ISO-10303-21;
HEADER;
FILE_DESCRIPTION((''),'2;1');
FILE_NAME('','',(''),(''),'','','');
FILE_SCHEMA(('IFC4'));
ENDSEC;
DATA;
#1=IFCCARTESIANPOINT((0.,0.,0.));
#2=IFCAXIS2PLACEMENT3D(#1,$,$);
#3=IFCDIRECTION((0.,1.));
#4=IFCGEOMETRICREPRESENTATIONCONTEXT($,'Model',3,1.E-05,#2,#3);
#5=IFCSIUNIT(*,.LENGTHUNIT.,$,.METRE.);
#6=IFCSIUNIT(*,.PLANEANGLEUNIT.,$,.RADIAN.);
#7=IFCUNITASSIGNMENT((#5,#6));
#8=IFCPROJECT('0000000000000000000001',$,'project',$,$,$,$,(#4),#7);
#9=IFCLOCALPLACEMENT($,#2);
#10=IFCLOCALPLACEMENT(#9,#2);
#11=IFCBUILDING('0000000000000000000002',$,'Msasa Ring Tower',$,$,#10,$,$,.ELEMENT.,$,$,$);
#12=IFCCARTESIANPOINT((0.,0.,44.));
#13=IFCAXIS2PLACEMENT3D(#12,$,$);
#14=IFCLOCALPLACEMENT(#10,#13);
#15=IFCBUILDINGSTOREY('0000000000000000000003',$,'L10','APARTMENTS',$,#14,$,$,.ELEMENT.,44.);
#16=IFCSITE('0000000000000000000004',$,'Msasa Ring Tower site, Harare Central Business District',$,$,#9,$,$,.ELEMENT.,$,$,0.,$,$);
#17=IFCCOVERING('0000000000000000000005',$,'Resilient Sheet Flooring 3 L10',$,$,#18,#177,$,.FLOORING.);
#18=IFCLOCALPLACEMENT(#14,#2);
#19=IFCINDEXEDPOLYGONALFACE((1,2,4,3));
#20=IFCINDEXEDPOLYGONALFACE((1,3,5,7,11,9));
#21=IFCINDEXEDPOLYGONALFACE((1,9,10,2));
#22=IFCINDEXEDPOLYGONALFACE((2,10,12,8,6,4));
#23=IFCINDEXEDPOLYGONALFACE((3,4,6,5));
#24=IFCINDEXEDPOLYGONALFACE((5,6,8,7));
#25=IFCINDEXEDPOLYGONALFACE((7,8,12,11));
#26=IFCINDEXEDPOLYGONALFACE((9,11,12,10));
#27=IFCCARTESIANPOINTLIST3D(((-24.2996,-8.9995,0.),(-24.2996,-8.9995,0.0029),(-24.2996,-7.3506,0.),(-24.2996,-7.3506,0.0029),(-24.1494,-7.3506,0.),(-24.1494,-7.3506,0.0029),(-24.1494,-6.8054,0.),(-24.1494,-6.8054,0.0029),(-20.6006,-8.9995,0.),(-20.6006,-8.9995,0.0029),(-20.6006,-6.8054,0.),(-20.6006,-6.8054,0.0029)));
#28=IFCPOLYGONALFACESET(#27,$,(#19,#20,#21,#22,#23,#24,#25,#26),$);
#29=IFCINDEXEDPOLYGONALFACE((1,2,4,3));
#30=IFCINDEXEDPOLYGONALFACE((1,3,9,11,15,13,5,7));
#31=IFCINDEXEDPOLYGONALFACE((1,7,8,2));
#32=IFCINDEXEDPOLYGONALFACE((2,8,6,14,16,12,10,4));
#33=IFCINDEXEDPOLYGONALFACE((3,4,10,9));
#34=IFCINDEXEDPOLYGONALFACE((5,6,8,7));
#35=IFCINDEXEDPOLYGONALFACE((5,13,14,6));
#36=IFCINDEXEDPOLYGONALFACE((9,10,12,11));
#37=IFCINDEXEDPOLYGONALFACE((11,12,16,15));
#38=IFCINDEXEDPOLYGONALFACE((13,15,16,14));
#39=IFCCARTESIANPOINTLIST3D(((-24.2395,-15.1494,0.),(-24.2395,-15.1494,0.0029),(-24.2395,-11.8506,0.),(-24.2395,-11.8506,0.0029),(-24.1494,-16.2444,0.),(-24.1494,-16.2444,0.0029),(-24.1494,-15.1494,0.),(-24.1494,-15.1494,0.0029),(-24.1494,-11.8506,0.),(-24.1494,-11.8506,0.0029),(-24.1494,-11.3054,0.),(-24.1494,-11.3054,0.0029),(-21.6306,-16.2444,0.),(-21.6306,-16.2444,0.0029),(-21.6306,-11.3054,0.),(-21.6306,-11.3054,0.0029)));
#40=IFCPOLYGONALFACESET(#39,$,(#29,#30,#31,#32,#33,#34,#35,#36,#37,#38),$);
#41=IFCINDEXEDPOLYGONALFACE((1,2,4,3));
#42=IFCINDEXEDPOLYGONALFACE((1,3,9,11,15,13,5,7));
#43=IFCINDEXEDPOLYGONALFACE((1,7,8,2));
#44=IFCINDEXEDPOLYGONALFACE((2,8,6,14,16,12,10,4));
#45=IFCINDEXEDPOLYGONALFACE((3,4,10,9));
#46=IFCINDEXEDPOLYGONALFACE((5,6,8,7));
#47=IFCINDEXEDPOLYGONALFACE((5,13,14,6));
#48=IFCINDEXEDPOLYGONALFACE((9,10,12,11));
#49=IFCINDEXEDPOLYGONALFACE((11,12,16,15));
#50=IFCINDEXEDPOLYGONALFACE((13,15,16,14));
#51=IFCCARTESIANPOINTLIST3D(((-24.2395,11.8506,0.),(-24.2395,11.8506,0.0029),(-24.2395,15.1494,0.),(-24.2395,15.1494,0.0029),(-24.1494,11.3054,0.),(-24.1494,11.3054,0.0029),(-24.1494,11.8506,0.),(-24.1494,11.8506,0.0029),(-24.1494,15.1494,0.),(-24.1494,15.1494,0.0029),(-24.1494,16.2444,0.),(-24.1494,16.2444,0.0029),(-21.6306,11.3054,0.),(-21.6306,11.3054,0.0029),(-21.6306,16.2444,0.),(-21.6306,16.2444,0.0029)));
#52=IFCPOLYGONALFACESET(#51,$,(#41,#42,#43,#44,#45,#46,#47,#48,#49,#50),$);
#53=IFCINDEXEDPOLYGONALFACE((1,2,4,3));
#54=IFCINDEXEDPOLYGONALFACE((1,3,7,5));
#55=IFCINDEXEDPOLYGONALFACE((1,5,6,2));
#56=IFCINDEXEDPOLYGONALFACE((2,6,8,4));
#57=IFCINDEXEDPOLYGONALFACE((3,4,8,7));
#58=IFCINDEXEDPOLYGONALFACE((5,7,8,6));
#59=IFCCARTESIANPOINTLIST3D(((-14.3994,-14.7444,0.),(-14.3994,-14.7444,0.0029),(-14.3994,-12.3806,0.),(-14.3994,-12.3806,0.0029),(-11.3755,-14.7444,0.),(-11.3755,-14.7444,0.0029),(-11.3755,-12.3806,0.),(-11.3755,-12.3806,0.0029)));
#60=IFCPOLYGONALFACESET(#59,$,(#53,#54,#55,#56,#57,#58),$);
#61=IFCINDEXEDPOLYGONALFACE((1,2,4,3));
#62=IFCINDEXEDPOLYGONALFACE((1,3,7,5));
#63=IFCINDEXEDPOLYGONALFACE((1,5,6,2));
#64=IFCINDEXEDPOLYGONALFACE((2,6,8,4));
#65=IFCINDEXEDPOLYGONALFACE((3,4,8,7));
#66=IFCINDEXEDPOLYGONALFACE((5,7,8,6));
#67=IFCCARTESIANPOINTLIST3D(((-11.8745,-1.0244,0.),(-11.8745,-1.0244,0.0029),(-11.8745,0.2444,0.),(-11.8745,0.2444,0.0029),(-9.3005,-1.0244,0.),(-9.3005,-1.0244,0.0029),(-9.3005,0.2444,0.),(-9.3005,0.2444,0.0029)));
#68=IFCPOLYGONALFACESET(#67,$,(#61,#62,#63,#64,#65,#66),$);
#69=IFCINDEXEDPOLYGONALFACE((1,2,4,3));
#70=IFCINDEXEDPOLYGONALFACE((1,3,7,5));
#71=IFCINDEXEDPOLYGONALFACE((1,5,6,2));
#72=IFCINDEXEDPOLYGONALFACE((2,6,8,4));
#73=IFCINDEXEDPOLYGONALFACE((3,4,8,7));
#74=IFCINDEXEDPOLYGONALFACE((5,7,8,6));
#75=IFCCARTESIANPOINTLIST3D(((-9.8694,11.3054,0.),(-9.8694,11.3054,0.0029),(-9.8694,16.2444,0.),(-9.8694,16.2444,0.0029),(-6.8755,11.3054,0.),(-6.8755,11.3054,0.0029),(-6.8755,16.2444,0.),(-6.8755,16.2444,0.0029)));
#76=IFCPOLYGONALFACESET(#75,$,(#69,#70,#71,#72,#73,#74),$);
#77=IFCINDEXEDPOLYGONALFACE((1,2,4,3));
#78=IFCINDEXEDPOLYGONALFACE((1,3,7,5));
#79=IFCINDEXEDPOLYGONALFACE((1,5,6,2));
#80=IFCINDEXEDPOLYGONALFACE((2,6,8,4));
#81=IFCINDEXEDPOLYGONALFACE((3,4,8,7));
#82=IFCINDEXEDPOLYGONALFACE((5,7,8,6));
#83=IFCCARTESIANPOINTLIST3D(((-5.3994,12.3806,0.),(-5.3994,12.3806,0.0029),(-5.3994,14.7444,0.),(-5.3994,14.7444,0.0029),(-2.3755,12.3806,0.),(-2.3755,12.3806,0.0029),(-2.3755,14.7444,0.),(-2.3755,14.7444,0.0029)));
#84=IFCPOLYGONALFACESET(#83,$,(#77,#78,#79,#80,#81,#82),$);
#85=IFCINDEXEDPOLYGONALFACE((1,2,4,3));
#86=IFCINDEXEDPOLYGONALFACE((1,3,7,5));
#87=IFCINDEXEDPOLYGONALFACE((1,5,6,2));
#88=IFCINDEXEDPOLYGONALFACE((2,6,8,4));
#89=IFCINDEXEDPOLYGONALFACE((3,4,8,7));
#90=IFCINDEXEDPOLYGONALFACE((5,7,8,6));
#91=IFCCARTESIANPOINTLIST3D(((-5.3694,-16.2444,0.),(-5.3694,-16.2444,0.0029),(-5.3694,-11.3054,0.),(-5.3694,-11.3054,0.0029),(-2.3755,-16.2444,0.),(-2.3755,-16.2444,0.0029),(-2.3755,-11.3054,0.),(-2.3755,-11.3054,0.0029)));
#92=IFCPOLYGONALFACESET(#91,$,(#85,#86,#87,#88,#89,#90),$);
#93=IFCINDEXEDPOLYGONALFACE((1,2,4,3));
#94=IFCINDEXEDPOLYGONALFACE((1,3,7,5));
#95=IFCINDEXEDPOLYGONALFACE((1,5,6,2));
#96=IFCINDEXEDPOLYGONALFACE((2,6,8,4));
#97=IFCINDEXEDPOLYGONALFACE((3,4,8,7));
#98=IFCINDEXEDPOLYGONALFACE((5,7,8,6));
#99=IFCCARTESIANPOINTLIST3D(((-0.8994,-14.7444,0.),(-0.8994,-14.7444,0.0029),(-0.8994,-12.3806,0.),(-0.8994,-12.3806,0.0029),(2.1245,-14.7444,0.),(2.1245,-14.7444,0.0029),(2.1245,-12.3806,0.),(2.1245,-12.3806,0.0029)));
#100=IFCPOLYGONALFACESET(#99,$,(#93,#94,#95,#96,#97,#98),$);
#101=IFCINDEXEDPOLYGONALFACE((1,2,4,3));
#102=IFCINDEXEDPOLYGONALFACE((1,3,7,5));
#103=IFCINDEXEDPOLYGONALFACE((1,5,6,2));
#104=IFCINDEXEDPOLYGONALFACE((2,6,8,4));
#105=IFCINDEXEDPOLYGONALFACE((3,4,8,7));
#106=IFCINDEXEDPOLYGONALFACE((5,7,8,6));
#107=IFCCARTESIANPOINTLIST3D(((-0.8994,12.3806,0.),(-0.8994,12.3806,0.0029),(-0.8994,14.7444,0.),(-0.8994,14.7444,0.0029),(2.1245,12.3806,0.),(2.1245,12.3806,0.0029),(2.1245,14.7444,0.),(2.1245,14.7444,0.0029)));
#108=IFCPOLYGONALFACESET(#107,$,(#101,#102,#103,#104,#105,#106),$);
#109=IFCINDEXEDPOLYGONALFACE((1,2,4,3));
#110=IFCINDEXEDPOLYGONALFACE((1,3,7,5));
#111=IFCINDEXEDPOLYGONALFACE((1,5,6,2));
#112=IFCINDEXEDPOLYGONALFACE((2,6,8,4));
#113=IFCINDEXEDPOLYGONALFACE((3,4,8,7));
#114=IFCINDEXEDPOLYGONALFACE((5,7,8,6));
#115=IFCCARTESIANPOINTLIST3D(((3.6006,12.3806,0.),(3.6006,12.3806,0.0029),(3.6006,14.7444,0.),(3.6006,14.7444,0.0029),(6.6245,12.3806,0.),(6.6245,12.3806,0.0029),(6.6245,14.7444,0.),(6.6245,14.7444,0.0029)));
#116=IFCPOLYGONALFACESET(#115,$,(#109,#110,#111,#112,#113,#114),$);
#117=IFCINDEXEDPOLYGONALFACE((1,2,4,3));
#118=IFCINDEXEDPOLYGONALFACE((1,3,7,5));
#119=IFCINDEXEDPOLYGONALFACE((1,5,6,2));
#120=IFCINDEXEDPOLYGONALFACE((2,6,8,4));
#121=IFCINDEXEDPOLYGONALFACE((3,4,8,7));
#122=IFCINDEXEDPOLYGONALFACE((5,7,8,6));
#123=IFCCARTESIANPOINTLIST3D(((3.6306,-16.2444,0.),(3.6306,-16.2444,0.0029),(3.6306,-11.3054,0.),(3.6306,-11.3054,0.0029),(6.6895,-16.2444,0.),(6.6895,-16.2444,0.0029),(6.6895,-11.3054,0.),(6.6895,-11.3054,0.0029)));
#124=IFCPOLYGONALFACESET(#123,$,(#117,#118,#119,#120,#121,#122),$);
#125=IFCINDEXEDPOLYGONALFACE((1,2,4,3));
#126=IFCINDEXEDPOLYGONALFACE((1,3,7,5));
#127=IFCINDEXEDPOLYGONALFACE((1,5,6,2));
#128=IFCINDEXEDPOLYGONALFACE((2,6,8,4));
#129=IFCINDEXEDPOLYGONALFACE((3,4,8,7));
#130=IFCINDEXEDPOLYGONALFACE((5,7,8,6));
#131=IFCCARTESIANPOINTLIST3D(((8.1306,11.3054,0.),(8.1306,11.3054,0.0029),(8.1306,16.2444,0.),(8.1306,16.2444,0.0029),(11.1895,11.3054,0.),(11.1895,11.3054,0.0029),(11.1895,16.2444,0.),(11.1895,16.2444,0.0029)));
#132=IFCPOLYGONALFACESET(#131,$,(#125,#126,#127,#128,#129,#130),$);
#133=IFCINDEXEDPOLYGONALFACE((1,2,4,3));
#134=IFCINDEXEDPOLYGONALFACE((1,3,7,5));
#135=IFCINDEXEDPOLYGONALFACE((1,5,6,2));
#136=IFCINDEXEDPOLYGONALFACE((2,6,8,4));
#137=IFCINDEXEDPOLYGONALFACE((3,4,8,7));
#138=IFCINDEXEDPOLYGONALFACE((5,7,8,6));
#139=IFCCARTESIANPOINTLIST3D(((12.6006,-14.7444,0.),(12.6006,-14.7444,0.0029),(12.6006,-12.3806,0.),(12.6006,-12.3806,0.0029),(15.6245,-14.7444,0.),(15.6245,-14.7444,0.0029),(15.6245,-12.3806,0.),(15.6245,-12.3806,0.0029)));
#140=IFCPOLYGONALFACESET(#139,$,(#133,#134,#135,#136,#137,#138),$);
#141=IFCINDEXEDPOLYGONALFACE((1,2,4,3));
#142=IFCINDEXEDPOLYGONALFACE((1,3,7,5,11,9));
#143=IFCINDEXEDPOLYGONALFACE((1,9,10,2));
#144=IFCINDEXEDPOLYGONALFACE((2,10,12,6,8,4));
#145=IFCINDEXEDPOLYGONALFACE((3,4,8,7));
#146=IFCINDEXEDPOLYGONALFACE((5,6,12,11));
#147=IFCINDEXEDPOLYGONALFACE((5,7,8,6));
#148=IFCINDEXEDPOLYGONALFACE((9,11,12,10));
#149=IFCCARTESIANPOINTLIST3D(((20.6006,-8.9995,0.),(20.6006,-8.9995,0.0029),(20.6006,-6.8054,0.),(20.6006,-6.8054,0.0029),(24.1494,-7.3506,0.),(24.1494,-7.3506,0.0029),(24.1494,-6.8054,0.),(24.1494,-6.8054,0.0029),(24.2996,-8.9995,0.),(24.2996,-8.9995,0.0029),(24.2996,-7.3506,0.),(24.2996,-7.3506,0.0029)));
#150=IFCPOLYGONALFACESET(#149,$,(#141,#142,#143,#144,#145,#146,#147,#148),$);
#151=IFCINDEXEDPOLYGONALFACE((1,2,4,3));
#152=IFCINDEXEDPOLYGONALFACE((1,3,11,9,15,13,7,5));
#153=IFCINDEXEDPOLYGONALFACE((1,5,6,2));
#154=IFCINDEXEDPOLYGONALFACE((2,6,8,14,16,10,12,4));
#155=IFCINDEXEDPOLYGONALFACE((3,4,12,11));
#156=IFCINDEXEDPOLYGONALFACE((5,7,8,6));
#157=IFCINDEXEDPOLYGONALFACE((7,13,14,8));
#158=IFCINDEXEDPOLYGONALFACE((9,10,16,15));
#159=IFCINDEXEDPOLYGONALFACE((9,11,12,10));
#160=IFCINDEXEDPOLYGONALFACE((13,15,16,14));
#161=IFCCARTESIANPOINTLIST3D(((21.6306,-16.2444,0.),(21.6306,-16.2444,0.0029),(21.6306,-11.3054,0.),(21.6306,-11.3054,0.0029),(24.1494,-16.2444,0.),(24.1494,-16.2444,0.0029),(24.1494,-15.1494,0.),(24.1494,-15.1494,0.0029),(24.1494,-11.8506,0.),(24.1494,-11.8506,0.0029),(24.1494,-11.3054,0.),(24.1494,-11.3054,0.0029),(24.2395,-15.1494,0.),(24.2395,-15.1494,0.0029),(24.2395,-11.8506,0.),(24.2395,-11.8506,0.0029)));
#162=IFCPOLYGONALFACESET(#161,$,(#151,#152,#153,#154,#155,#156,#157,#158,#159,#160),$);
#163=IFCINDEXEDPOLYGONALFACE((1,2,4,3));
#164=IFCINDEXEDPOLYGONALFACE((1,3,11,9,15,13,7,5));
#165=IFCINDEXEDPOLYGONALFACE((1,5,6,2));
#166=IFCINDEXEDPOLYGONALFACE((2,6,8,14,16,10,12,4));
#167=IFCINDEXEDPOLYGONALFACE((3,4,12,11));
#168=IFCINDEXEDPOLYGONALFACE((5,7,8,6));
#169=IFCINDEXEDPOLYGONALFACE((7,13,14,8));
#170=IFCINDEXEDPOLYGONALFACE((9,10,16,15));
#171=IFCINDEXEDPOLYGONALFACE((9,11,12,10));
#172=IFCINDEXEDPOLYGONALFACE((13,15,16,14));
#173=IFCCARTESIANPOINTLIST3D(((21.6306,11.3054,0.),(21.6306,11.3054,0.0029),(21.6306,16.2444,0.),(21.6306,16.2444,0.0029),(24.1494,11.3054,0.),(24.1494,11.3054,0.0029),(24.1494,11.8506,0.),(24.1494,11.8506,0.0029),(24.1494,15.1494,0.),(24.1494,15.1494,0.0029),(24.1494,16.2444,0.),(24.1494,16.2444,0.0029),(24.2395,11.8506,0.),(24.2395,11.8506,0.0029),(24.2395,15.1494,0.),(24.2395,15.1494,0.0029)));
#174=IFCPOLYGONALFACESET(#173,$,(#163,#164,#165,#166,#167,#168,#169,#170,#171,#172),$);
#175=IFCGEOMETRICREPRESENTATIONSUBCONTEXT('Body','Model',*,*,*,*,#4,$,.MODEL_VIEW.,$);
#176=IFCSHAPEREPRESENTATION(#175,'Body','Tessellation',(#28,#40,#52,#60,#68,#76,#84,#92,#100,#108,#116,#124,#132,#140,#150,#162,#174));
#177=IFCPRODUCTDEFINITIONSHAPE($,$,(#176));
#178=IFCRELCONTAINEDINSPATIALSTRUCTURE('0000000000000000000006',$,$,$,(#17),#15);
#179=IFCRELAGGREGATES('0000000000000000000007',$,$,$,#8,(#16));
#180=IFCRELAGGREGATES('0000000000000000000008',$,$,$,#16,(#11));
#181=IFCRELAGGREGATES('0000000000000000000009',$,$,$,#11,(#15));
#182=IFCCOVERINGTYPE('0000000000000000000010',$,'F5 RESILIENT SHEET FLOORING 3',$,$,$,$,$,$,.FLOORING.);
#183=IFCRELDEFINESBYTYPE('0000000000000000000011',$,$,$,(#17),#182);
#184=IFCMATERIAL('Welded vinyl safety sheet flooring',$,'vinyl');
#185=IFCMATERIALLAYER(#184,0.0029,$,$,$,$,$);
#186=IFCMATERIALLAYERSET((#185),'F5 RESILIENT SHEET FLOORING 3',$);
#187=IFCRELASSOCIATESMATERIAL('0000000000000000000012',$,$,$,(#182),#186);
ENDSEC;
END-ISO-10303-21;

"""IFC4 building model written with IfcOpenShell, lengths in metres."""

from ifc_helpers import new_model, si_unit, direction, frame, origin, place, context, subcontext, project, spatial, line, indexed_curve, outline, extrude, material, layer, layer_set, type_object, element, save


model = new_model("IFC4")

# Units and contexts
model_context = context("Model", 3, precision=1e-05, world=origin(), true_north=direction((0.0, 1.0)))
body_context = subcontext(model_context, "Body", "Model", "MODEL_VIEW")
ifc_project = project(units=[si_unit("LENGTHUNIT", "METRE"), si_unit("PLANEANGLEUNIT", "RADIAN")], contexts=[model_context])

# Site, building, storey
site_placement = place(None, origin())
site = spatial("IfcSite", under=ifc_project, at=site_placement, Name="Msasa Ring Tower site, Harare Central Business District", CompositionType="ELEMENT", RefElevation=0.0)
building_placement = place(site_placement, origin())
building = spatial("IfcBuilding", under=site, at=building_placement, Name="Msasa Ring Tower", CompositionType="ELEMENT")
storey_placement = place(building_placement, frame((0.0, 0.0, 44.0)))
storey = spatial("IfcBuildingStorey", under=building, at=storey_placement, Name="L10", Description="APARTMENTS", CompositionType="ELEMENT", Elevation=44.0)

# Covering
ifc_material_1 = material(Name="Welded vinyl safety sheet flooring", Category="vinyl")
ifc_layer_1 = layer(ifc_material_1, 0.0029)
ifc_layer_set_1 = layer_set([ifc_layer_1], Name="F5 RESILIENT SHEET FLOORING 3")
covering_type_1 = type_object("IfcCoveringType", Name="F5 RESILIENT SHEET FLOORING 3", PredefinedType="FLOORING", material=ifc_layer_set_1)
covering_1_placement = place(storey_placement, origin())
element("IfcCovering", 1, at=covering_1_placement, inside=storey, type_object=covering_type_1, Name="Resilient Sheet Flooring 3 L10", PredefinedType="FLOORING", context=body_context, shape_type="SweptSolid", body=[
    extrude(outline(indexed_curve([(-24.2996, -8.9995), (-24.2996, -7.3506), (-24.1494, -7.3506), (-24.1494, -6.8054), (-20.6006, -6.8054), (-20.6006, -8.9995)], segments=[line(1, 2, 3, 4, 5, 6, 1)], self_intersect=False)), origin(), (0.0, 0.0, 1.0), 0.0029),
    extrude(outline(indexed_curve([(-21.6306, -11.3054), (-21.6306, -16.2444), (-24.1494, -16.2444), (-24.1494, -15.1494), (-24.2395, -15.1494), (-24.2395, -11.8506), (-24.1494, -11.8506), (-24.1494, -11.3054)], segments=[line(1, 2, 3, 4, 5, 6, 7, 8, 1)], self_intersect=False)), origin(), (0.0, 0.0, 1.0), 0.0029),
    extrude(outline(indexed_curve([(-21.6306, 16.2444), (-21.6306, 11.3054), (-24.1494, 11.3054), (-24.1494, 11.8506), (-24.2395, 11.8506), (-24.2395, 15.1494), (-24.1494, 15.1494), (-24.1494, 16.2444)], segments=[line(1, 2, 3, 4, 5, 6, 7, 8, 1)], self_intersect=False)), origin(), (0.0, 0.0, 1.0), 0.0029),
    extrude(outline(indexed_curve([(-11.3755, -12.3806), (-11.3755, -14.7444), (-14.3994, -14.7444), (-14.3994, -12.3806)], segments=[line(1, 2, 3, 4, 1)], self_intersect=False)), origin(), (0.0, 0.0, 1.0), 0.0029),
    extrude(outline(indexed_curve([(-9.3005, 0.2444), (-9.3005, -1.0244), (-11.8745, -1.0244), (-11.8745, 0.2444)], segments=[line(1, 2, 3, 4, 1)], self_intersect=False)), origin(), (0.0, 0.0, 1.0), 0.0029),
    extrude(outline(indexed_curve([(-6.8755, 16.2444), (-6.8755, 11.3054), (-9.8694, 11.3054), (-9.8694, 16.2444)], segments=[line(1, 2, 3, 4, 1)], self_intersect=False)), origin(), (0.0, 0.0, 1.0), 0.0029),
    extrude(outline(indexed_curve([(-2.3755, 14.7444), (-2.3755, 12.3806), (-5.3994, 12.3806), (-5.3994, 14.7444)], segments=[line(1, 2, 3, 4, 1)], self_intersect=False)), origin(), (0.0, 0.0, 1.0), 0.0029),
    extrude(outline(indexed_curve([(-2.3755, -11.3054), (-2.3755, -16.2444), (-5.3694, -16.2444), (-5.3694, -11.3054)], segments=[line(1, 2, 3, 4, 1)], self_intersect=False)), origin(), (0.0, 0.0, 1.0), 0.0029),
    extrude(outline(indexed_curve([(2.1245, -12.3806), (2.1245, -14.7444), (-0.8994, -14.7444), (-0.8994, -12.3806)], segments=[line(1, 2, 3, 4, 1)], self_intersect=False)), origin(), (0.0, 0.0, 1.0), 0.0029),
    extrude(outline(indexed_curve([(2.1245, 14.7444), (2.1245, 12.3806), (-0.8994, 12.3806), (-0.8994, 14.7444)], segments=[line(1, 2, 3, 4, 1)], self_intersect=False)), origin(), (0.0, 0.0, 1.0), 0.0029),
    extrude(outline(indexed_curve([(6.6245, 14.7444), (6.6245, 12.3806), (3.6006, 12.3806), (3.6006, 14.7444)], segments=[line(1, 2, 3, 4, 1)], self_intersect=False)), origin(), (0.0, 0.0, 1.0), 0.0029),
    extrude(outline(indexed_curve([(6.6895, -11.3054), (6.6895, -16.2444), (3.6306, -16.2444), (3.6306, -11.3054)], segments=[line(1, 2, 3, 4, 1)], self_intersect=False)), origin(), (0.0, 0.0, 1.0), 0.0029),
    extrude(outline(indexed_curve([(11.1895, 11.3054), (8.1306, 11.3054), (8.1306, 16.2444), (11.1895, 16.2444)], segments=[line(1, 2, 3, 4, 1)], self_intersect=False)), origin(), (0.0, 0.0, 1.0), 0.0029),
    extrude(outline(indexed_curve([(15.6245, -12.3806), (15.6245, -14.7444), (12.6006, -14.7444), (12.6006, -12.3806)], segments=[line(1, 2, 3, 4, 1)], self_intersect=False)), origin(), (0.0, 0.0, 1.0), 0.0029),
    extrude(outline(indexed_curve([(20.6006, -6.8054), (24.1494, -6.8054), (24.1494, -7.3506), (24.2996, -7.3506), (24.2996, -8.9995), (20.6006, -8.9995)], segments=[line(1, 2, 3, 4, 5, 6, 1)], self_intersect=False)), origin(), (0.0, 0.0, 1.0), 0.0029),
    extrude(outline(indexed_curve([(24.1494, -11.3054), (24.1494, -11.8506), (24.2395, -11.8506), (24.2395, -15.1494), (24.1494, -15.1494), (24.1494, -16.2444), (21.6306, -16.2444), (21.6306, -11.3054)], segments=[line(1, 2, 3, 4, 5, 6, 7, 8, 1)], self_intersect=False)), origin(), (0.0, 0.0, 1.0), 0.0029),
    extrude(outline(indexed_curve([(24.2395, 11.8506), (24.1494, 11.8506), (24.1494, 11.3054), (21.6306, 11.3054), (21.6306, 16.2444), (24.1494, 16.2444), (24.1494, 15.1494), (24.2395, 15.1494)], segments=[line(1, 2, 3, 4, 5, 6, 7, 8, 1)], self_intersect=False)), origin(), (0.0, 0.0, 1.0), 0.0029),
])

save(model, "model.ifc")
